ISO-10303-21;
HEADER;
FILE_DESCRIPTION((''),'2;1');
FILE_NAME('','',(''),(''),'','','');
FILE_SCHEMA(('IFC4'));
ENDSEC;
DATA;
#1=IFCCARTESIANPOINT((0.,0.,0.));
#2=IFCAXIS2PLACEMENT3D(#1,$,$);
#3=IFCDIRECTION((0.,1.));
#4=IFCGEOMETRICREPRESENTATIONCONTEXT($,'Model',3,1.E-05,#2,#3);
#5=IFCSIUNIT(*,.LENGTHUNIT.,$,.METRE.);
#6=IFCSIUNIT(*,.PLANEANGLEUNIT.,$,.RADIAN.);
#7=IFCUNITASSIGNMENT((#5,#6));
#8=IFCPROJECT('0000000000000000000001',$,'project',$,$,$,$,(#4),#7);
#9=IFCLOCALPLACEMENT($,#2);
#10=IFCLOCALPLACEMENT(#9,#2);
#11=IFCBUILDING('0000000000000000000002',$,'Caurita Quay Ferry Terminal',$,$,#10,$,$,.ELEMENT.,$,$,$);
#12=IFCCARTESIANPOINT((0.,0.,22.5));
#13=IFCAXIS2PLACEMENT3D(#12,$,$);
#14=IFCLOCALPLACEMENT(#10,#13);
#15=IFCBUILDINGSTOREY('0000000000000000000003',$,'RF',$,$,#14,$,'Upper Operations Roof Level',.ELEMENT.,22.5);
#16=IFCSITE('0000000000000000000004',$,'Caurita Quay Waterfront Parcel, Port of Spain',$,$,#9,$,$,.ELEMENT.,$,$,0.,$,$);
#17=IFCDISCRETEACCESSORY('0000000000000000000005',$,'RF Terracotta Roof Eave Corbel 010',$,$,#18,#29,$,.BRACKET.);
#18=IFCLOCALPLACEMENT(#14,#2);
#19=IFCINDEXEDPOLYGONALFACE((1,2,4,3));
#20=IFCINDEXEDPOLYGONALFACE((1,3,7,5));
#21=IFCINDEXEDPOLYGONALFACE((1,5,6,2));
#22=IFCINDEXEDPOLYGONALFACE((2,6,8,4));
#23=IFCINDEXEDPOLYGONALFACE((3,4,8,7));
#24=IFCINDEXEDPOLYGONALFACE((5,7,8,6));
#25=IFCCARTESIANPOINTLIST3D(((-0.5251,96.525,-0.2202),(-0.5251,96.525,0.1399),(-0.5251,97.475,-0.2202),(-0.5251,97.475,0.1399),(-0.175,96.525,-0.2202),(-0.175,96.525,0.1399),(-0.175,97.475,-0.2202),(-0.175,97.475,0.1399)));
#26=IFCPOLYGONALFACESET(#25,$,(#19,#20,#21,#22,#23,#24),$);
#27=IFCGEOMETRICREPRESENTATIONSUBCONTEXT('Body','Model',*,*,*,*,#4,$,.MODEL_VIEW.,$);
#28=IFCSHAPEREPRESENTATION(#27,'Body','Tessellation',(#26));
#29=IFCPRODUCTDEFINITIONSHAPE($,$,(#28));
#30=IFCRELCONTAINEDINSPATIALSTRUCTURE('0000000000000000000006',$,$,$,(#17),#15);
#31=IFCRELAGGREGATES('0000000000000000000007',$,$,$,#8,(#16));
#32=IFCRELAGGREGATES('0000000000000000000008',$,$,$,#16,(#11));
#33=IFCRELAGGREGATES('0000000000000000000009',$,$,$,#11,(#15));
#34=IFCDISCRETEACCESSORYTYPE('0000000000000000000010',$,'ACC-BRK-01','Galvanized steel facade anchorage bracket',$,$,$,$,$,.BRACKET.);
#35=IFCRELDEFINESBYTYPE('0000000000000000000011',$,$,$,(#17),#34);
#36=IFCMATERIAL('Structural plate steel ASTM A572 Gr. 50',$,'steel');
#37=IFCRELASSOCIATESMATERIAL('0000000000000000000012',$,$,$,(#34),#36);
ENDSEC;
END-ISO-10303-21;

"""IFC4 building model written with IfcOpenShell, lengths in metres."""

from ifc_helpers import new_model, si_unit, direction, frame, origin, origin_2d, place, context, subcontext, project, spatial, rectangle, extrude, material, type_object, element, save


model = new_model("IFC4")

# Units and contexts
model_context = context("Model", 3, precision=1e-05, world=origin(), true_north=direction((0.0, 1.0)))
body_context = subcontext(model_context, "Body", "Model", "MODEL_VIEW")
ifc_project = project(units=[si_unit("LENGTHUNIT", "METRE"), si_unit("PLANEANGLEUNIT", "RADIAN")], contexts=[model_context])

# Site, building, storey
site_placement = place(None, origin())
site = spatial("IfcSite", under=ifc_project, at=site_placement, Name="Caurita Quay Waterfront Parcel, Port of Spain", CompositionType="ELEMENT", RefElevation=0.0)
building_placement = place(site_placement, origin())
building = spatial("IfcBuilding", under=site, at=building_placement, Name="Caurita Quay Ferry Terminal", CompositionType="ELEMENT")
storey_placement = place(building_placement, frame((0.0, 0.0, 22.5)))
storey = spatial("IfcBuildingStorey", under=building, at=storey_placement, Name="RF", LongName="Upper Operations Roof Level", CompositionType="ELEMENT", Elevation=22.5)

# Shared definitions
ifc_material_1 = material(Name="Structural plate steel ASTM A572 Gr. 50", Category="steel")

# Discrete accessory
discrete_accessory_type = type_object("IfcDiscreteAccessoryType", Name="ACC-BRK-01", Description="Galvanized steel facade anchorage bracket", PredefinedType="BRACKET", material=ifc_material_1)
for number, where, z_axis, x_axis, name in (
    (1, (-0.3501, 97.0, -0.2202), (0.0, 0.0, 1.0), (1.0, 0.0, 0.0), "RF Terracotta Roof Eave Corbel 010"),
):
    element("IfcDiscreteAccessory", number, at=place(storey_placement, frame(where, z_axis=z_axis, x_axis=x_axis)), inside=storey, type_object=discrete_accessory_type, Name=name, PredefinedType="BRACKET", context=body_context, shape_type="SweptSolid", body=[
        extrude(rectangle(XDim=0.3501, YDim=0.95, at=origin_2d()), origin(), (0.0, 0.0, 1.0), 0.3601),
    ])

save(model, "model.ifc")
